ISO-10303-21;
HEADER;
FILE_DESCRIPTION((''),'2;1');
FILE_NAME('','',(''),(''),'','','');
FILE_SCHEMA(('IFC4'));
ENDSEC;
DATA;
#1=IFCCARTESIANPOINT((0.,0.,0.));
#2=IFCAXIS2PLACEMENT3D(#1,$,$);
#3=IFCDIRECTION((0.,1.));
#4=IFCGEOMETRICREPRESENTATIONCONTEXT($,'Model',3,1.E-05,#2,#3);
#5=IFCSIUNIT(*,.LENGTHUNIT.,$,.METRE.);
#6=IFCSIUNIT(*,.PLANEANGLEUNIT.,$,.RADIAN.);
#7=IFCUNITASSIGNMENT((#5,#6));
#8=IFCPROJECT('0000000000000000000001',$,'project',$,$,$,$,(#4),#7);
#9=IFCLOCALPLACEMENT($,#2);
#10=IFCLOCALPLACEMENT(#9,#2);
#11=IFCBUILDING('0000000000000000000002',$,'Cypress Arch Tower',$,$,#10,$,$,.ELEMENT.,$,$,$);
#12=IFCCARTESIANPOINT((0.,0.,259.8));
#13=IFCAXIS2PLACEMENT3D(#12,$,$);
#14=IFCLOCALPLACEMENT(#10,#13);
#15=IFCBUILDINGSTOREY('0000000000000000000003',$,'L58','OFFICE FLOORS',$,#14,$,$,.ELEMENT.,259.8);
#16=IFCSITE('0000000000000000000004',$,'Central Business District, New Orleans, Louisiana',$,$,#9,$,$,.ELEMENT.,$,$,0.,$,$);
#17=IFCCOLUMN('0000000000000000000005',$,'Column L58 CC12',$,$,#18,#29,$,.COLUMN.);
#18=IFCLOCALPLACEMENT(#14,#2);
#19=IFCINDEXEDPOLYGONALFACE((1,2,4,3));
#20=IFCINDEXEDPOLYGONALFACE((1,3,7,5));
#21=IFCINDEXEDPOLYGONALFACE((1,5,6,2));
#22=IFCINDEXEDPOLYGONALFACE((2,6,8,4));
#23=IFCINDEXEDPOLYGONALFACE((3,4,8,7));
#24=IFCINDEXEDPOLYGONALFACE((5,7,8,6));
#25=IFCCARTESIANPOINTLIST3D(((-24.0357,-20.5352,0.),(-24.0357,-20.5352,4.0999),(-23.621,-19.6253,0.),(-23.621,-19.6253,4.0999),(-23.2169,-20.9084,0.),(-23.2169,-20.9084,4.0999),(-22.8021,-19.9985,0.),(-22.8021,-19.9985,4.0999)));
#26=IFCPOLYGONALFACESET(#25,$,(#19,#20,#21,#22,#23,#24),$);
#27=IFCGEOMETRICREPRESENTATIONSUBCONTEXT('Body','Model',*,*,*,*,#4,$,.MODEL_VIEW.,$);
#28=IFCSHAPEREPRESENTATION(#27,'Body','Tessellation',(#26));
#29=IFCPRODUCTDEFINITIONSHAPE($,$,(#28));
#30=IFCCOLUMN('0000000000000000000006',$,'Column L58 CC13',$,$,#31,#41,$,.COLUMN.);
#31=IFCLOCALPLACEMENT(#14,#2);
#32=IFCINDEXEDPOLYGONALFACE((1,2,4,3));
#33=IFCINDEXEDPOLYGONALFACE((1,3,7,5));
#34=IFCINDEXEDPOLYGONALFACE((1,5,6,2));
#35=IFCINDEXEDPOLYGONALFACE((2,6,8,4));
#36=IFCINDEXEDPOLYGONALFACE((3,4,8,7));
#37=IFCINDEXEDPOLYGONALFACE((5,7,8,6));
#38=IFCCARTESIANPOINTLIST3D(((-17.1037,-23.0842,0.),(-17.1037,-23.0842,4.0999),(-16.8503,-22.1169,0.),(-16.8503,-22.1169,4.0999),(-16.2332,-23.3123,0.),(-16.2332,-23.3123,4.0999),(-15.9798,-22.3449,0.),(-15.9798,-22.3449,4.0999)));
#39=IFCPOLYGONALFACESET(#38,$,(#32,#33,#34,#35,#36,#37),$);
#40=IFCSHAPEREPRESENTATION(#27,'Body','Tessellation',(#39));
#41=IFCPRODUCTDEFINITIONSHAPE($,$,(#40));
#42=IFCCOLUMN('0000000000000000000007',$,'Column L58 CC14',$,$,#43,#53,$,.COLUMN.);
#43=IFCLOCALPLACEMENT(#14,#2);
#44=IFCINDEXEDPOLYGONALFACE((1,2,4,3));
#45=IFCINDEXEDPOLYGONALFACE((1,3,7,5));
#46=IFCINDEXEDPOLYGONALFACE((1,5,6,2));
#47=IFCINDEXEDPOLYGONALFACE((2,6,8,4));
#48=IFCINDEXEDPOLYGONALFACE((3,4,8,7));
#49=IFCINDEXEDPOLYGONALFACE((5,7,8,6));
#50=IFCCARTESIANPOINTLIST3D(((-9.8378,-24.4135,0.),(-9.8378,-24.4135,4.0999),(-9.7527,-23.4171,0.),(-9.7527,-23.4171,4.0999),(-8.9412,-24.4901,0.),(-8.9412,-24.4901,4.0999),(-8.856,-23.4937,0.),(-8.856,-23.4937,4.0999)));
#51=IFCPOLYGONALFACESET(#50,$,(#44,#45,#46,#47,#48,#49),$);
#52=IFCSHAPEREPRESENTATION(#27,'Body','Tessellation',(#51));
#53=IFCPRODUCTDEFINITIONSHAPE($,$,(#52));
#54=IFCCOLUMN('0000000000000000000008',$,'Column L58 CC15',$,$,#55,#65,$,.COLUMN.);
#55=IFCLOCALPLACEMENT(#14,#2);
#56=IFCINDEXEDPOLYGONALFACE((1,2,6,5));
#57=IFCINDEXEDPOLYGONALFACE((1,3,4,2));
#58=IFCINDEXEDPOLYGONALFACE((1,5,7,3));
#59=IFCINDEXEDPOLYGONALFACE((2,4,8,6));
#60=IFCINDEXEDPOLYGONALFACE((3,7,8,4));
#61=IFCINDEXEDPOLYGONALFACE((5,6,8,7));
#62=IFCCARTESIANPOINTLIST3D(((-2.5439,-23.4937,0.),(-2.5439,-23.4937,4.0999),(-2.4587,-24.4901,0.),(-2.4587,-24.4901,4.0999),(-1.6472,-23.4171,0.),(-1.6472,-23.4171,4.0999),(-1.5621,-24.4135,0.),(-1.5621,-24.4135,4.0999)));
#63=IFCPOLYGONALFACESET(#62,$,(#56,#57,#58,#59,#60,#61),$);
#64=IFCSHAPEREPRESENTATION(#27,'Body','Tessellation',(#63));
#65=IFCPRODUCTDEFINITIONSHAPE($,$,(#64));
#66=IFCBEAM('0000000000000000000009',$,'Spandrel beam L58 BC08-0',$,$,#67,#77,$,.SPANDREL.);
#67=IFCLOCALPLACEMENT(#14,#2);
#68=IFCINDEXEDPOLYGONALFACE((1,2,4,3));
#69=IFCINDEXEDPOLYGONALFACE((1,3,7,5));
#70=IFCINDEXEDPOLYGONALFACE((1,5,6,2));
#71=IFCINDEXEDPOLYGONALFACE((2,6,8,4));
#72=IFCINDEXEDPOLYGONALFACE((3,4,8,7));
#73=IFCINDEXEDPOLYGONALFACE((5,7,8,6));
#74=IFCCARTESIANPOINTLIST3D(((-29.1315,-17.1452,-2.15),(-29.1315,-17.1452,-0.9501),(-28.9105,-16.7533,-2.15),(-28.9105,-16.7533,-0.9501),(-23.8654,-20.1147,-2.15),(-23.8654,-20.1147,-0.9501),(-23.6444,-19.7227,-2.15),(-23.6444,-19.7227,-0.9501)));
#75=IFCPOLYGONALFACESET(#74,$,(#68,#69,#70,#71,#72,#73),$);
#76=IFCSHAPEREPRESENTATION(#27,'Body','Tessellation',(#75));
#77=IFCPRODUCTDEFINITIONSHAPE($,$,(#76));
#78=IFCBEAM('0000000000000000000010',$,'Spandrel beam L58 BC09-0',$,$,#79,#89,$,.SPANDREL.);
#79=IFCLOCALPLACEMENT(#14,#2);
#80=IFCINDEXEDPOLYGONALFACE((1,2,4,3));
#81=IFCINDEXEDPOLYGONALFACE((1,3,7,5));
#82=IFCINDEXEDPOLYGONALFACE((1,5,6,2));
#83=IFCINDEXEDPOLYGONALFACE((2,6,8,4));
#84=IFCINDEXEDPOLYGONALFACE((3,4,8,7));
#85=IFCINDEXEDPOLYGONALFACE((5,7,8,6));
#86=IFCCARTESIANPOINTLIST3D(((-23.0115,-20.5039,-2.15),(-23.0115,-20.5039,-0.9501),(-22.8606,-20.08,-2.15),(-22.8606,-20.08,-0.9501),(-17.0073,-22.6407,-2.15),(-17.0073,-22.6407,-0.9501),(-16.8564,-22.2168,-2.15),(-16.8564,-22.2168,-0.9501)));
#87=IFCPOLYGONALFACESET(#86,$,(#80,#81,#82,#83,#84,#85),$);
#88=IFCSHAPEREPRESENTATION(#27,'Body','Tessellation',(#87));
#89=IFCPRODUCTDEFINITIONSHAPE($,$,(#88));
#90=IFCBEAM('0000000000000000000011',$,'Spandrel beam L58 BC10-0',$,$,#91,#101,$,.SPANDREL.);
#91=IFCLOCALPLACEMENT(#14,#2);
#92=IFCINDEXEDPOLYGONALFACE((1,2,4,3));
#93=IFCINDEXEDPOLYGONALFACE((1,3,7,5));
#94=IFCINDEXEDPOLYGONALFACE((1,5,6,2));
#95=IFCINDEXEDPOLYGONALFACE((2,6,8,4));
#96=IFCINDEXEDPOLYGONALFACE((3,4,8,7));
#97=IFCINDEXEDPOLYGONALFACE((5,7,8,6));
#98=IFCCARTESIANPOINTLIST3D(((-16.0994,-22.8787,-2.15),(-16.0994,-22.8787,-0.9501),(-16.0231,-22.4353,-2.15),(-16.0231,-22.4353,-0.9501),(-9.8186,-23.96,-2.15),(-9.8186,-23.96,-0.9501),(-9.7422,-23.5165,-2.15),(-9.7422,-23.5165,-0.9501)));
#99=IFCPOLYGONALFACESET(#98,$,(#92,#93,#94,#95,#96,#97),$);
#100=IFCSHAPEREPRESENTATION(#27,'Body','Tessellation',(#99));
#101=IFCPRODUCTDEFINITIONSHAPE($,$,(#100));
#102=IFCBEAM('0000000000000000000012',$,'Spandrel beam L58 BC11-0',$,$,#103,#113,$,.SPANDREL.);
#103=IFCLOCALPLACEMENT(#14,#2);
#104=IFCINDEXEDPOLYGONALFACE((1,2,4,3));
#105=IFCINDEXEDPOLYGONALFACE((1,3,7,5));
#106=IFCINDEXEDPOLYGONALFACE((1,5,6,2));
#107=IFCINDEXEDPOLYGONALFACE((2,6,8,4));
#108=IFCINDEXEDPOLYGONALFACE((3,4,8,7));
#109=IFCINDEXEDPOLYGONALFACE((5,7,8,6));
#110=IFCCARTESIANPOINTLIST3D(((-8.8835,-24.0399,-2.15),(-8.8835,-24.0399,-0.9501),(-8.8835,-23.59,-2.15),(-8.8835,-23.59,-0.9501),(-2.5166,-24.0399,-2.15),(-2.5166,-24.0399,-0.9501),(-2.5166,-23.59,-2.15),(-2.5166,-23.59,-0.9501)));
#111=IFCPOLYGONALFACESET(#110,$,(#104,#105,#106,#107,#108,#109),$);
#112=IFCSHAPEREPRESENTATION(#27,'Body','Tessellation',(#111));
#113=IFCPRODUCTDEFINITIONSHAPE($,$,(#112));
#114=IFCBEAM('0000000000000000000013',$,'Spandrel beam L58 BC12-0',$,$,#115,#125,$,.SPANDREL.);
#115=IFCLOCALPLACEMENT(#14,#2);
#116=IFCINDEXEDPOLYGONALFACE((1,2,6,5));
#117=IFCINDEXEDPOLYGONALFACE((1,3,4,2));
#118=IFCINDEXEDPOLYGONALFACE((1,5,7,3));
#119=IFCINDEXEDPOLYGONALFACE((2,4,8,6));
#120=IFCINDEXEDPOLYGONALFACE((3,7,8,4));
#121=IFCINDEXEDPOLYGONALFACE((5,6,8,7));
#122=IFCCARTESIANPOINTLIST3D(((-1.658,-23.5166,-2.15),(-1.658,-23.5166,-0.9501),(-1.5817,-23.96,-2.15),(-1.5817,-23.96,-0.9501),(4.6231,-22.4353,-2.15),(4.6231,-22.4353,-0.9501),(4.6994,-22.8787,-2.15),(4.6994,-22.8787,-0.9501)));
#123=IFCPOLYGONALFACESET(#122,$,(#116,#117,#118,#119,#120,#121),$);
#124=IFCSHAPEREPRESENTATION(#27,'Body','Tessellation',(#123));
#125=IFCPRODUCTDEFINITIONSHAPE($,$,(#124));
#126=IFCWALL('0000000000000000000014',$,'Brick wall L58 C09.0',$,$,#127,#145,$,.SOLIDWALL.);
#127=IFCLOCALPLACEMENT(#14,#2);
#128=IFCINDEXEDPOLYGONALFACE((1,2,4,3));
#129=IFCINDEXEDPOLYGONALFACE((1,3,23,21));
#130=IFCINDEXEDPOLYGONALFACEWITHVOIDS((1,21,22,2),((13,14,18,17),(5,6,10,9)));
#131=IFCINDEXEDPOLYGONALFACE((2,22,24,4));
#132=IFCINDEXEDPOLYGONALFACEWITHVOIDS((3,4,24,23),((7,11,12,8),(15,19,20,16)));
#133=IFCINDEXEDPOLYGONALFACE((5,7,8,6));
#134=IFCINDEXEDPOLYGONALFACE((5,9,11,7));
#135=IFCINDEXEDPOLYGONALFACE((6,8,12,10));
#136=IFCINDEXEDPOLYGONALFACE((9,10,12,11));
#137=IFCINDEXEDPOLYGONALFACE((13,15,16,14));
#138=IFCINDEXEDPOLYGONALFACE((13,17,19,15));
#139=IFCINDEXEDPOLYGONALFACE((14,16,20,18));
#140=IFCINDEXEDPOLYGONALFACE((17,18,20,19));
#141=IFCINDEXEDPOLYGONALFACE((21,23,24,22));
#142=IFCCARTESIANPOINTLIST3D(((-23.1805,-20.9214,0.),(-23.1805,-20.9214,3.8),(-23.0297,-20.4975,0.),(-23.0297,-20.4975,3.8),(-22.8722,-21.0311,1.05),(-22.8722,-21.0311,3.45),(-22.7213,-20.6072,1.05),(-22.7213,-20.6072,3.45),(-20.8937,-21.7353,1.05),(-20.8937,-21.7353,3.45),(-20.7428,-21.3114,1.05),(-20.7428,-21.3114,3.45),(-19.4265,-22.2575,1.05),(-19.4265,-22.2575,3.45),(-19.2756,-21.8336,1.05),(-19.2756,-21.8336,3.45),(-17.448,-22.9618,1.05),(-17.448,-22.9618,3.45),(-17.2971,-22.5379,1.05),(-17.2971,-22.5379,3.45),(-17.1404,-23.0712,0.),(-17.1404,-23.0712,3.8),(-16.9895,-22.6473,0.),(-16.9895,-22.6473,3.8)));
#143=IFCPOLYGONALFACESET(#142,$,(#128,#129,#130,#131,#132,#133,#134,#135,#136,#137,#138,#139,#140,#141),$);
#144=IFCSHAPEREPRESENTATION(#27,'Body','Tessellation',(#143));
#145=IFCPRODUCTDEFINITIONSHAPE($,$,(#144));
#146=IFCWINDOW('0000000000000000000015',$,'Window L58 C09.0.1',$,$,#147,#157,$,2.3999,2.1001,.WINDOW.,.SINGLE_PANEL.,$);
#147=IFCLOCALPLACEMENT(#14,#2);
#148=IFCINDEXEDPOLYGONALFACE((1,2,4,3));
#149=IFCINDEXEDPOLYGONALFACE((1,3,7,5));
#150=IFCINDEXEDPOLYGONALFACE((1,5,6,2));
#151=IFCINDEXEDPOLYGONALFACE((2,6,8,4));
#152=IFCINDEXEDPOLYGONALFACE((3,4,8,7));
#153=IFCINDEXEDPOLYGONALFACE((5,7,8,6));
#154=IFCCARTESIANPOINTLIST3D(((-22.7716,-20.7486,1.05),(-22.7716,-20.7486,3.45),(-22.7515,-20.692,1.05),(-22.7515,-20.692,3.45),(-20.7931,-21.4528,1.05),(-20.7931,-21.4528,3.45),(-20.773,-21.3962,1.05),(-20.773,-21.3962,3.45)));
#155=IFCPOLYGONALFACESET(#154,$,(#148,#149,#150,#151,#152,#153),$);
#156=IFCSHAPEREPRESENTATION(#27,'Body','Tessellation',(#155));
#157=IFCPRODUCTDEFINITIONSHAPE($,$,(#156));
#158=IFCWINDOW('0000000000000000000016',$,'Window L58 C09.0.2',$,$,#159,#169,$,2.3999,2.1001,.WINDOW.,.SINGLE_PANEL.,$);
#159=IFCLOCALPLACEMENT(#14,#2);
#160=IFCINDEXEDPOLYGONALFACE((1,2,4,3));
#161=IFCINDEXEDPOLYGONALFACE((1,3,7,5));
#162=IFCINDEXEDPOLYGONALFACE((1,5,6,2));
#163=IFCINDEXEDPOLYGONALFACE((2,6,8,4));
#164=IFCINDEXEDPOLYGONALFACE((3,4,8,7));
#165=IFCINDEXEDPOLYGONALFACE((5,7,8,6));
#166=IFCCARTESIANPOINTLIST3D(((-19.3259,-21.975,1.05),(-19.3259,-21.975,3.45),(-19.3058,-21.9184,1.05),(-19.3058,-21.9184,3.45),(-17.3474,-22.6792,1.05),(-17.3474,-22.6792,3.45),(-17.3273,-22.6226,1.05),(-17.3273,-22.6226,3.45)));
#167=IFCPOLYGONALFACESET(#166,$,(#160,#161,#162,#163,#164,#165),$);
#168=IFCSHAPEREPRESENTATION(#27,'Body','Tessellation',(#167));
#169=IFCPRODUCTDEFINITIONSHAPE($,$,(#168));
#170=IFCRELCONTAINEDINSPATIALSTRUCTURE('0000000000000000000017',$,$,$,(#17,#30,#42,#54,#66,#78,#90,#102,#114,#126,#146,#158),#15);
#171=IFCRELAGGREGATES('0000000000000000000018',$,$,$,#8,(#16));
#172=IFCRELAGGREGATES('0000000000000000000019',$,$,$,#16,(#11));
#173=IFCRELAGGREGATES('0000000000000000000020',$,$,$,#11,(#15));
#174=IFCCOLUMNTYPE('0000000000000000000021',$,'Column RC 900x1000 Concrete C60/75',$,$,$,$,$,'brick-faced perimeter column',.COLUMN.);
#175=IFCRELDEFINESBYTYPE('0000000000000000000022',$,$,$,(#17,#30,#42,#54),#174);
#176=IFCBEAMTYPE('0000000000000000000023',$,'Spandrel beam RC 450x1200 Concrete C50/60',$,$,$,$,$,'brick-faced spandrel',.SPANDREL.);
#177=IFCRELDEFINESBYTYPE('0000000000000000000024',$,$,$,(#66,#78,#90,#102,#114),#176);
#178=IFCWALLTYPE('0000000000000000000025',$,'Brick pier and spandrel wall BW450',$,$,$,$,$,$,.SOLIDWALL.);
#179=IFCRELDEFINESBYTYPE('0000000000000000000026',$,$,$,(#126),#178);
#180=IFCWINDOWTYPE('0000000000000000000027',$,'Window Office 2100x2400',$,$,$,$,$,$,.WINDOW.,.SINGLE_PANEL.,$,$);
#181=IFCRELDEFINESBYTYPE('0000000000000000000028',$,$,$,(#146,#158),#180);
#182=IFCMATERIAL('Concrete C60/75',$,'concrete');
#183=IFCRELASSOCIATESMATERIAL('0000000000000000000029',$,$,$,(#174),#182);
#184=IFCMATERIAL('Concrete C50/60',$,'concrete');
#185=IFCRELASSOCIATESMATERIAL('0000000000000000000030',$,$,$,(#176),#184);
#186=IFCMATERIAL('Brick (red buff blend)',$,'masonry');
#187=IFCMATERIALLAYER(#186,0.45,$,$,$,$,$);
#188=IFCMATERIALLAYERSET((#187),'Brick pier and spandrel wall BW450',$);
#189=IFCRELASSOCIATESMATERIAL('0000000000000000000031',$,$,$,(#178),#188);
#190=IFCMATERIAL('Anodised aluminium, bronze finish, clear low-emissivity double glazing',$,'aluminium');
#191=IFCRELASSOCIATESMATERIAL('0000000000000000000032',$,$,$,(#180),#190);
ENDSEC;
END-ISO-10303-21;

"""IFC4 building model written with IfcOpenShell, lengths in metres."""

from ifc_helpers import new_model, si_unit, direction, frame, frame_2d, origin, origin_2d, place, context, subcontext, project, spatial, rectangle, extrude, material, layer, layer_set, material_profile, profile_set, type_object, element, fill, save


model = new_model("IFC4")

# Units and contexts
model_context = context("Model", 3, precision=1e-05, world=origin(), true_north=direction((0.0, 1.0)))
body_context = subcontext(model_context, "Body", "Model", "MODEL_VIEW")
ifc_project = project(units=[si_unit("LENGTHUNIT", "METRE"), si_unit("PLANEANGLEUNIT", "RADIAN")], contexts=[model_context])

# Site, building, storey
site_placement = place(None, origin())
site = spatial("IfcSite", under=ifc_project, at=site_placement, Name="Central Business District, New Orleans, Louisiana", CompositionType="ELEMENT", RefElevation=0.0)
building_placement = place(site_placement, origin())
building = spatial("IfcBuilding", under=site, at=building_placement, Name="Cypress Arch Tower", CompositionType="ELEMENT")
storey_placement = place(building_placement, frame((0.0, 0.0, 259.8)))
storey = spatial("IfcBuildingStorey", under=building, at=storey_placement, Name="L58", Description="OFFICE FLOORS", CompositionType="ELEMENT", Elevation=259.8)

# Columns
ifc_material_1 = material(Name="Concrete C60/75", Category="concrete")
ifc_material_profile_1 = material_profile(ifc_material_1, rectangle(XDim=0.8999, YDim=1.0, at=origin_2d()), Name="RC 900x1000")
ifc_profile_set_1 = profile_set([ifc_material_profile_1], Name="Concrete C60/75")
column_type = type_object("IfcColumnType", Name="Column RC 900x1000 Concrete C60/75", ElementType="brick-faced perimeter column", PredefinedType="COLUMN", material=ifc_profile_set_1)
for number, where, z_axis, x_axis, name in (
    (1, (-23.4189, -20.2668, 0.0), (0.0, 0.0, 1.0), (0.909932, -0.414757, 0.0), "Column L58 CC12"),
    (2, (-16.5417, -22.7146, 0.0), (0.0, 0.0, 1.0), (0.967356, -0.253422, 0.0), "Column L58 CC13"),
    (3, (-9.3469, -23.9536, 0.0), (0.0, 0.0, 1.0), (0.996368, -0.085149, 0.0), "Column L58 CC14"),
    (4, (-2.053, -23.9536, 0.0), (0.0, 0.0, 1.0), (0.996368, 0.085149, 0.0), "Column L58 CC15"),
):
    element("IfcColumn", number, at=place(storey_placement, frame(where, z_axis=z_axis, x_axis=x_axis)), inside=storey, type_object=column_type, Name=name, PredefinedType="COLUMN", context=body_context, shape_type="SweptSolid", body=[
        extrude(rectangle(XDim=0.8999, YDim=1.0, at=origin_2d()), origin(), (0.0, 0.0, 1.0), 4.0999),
    ])

# Beams
ifc_material_2 = material(Name="Concrete C50/60", Category="concrete")
ifc_material_profile_2 = material_profile(ifc_material_2, rectangle(XDim=0.45, YDim=1.2, at=origin_2d()), Name="RC 450x1200")
ifc_profile_set_2 = profile_set([ifc_material_profile_2], Name="Concrete C50/60")
beam_type = type_object("IfcBeamType", Name="Spandrel beam RC 450x1200 Concrete C50/60", ElementType="brick-faced spandrel", PredefinedType="SPANDREL", material=ifc_profile_set_2)
beam_1_placement = place(storey_placement, frame((-29.021, -16.9492, -1.55), z_axis=(0.87106, -0.491177, 0.0), x_axis=(0.491177, 0.87106, 0.0)))
element("IfcBeam", 5, at=beam_1_placement, inside=storey, type_object=beam_type, Name="Spandrel beam L58 BC08-0", PredefinedType="SPANDREL", context=body_context, shape_type="SweptSolid", body=[
    extrude(rectangle(XDim=0.45, YDim=1.2, at=origin_2d()), origin(), (0.0, 0.0, 1.0), 6.0457),
])
beam_2_placement = place(storey_placement, frame((-22.936, -20.292, -1.55), z_axis=(0.94212, -0.335276, 0.0), x_axis=(0.335276, 0.94212, 0.0)))
element("IfcBeam", 6, at=beam_2_placement, inside=storey, type_object=beam_type, Name="Spandrel beam L58 BC09-0", PredefinedType="SPANDREL", context=body_context, shape_type="SweptSolid", body=[
    extrude(rectangle(XDim=0.45, YDim=1.2, at=origin_2d()), origin(), (0.0, 0.0, 1.0), 6.373),
])
beam_3_placement = place(storey_placement, frame((-16.0613, -22.657, -1.55), z_axis=(0.985503, -0.169658, 0.0), x_axis=(0.169658, 0.985503, 0.0)))
element("IfcBeam", 7, at=beam_3_placement, inside=storey, type_object=beam_type, Name="Spandrel beam L58 BC10-0", PredefinedType="SPANDREL", context=body_context, shape_type="SweptSolid", body=[
    extrude(rectangle(XDim=0.45, YDim=1.2, at=origin_2d()), origin(), (0.0, 0.0, 1.0), 6.3733),
])
beam_4_placement = place(storey_placement, frame((-8.8835, -23.8149, -1.55), z_axis=(1.0, 0.0, 0.0), x_axis=(0.0, 1.0, 0.0)))
element("IfcBeam", 8, at=beam_4_placement, inside=storey, type_object=beam_type, Name="Spandrel beam L58 BC11-0", PredefinedType="SPANDREL", context=body_context, shape_type="SweptSolid", body=[
    extrude(rectangle(XDim=0.45, YDim=1.2, at=origin_2d()), origin(), (0.0, 0.0, 1.0), 6.3669),
])
beam_5_placement = place(storey_placement, frame((-1.6199, -23.7383, -1.55), z_axis=(0.985504, 0.169652, 0.0), x_axis=(-0.169652, 0.985504, 0.0)))
element("IfcBeam", 9, at=beam_5_placement, inside=storey, type_object=beam_type, Name="Spandrel beam L58 BC12-0", PredefinedType="SPANDREL", context=body_context, shape_type="SweptSolid", body=[
    extrude(rectangle(XDim=0.45, YDim=1.2, at=origin_2d()), origin(), (0.0, 0.0, 1.0), 6.3735),
])

# Wall, openings, windows
ifc_material_3 = material(Name="Brick (red buff blend)", Category="masonry")
ifc_layer_1 = layer(ifc_material_3, 0.45)
ifc_layer_set_1 = layer_set([ifc_layer_1], Name="Brick pier and spandrel wall BW450")
wall_type_1 = type_object("IfcWallType", Name="Brick pier and spandrel wall BW450", PredefinedType="SOLIDWALL", material=ifc_layer_set_1)
wall_1_placement = place(storey_placement, frame((-23.105, -20.7095, 0.0), z_axis=(0.0, 0.0, 1.0), x_axis=(0.942104, -0.335321, 0.0)))
wall_1 = element("IfcWall", 10, at=wall_1_placement, inside=storey, type_object=wall_type_1, Name="Brick wall L58 C09.0", PredefinedType="SOLIDWALL", context=body_context, shape_type="SweptSolid", body=[
    extrude(rectangle(XDim=6.4114, YDim=0.45, at=frame_2d((3.2056, 0.0))), origin(), (0.0, 0.0, 1.0), 3.8),
])
opening_1_placement = place(wall_1_placement, frame((0.3271, 0.0, 1.05)))
opening_1 = element("IfcOpeningElement", 11, at=opening_1_placement, cuts=wall_1, PredefinedType="OPENING", context=body_context, shape_type="SweptSolid", body=[
    extrude(rectangle(XDim=2.1001, YDim=2.3999, at=frame_2d((1.05, 1.2))), frame((0.0, 0.2349, 0.0), z_axis=(0.0, -1.0, 0.0), x_axis=(1.0, 0.0, 0.0)), (0.0, 0.0, 1.0), 0.47),
])
opening_2_placement = place(wall_1_placement, frame((3.9846, 0.0, 1.05)))
opening_2 = element("IfcOpeningElement", 12, at=opening_2_placement, cuts=wall_1, PredefinedType="OPENING", context=body_context, shape_type="SweptSolid", body=[
    extrude(rectangle(XDim=2.1001, YDim=2.3999, at=frame_2d((1.05, 1.2))), frame((0.0, 0.2349, 0.0), z_axis=(0.0, -1.0, 0.0), x_axis=(1.0, 0.0, 0.0)), (0.0, 0.0, 1.0), 0.47),
])
ifc_material_4 = material(Name="Anodised aluminium, bronze finish, clear low-emissivity double glazing", Category="aluminium")
window_type_1 = type_object("IfcWindowType", Name="Window Office 2100x2400", PartitioningType="SINGLE_PANEL", PredefinedType="WINDOW", material=ifc_material_4)
window_1_placement = place(opening_1_placement, origin())
window_1 = element("IfcWindow", 13, at=window_1_placement, inside=storey, type_object=window_type_1, Name="Window L58 C09.0.1", OverallHeight=2.3999, OverallWidth=2.1001, PartitioningType="SINGLE_PANEL", PredefinedType="WINDOW", context=body_context, shape_type="SweptSolid", body=[
    extrude(rectangle(XDim=2.1001, YDim=2.3999, at=frame_2d((1.05, 1.2))), frame((0.0, 0.135, 0.0), z_axis=(0.0, -1.0, 0.0), x_axis=(1.0, 0.0, 0.0)), (0.0, 0.0, 1.0), 0.0601),
])
fill(opening_1, window_1)
window_2_placement = place(opening_2_placement, origin())
window_2 = element("IfcWindow", 14, at=window_2_placement, inside=storey, type_object=window_type_1, Name="Window L58 C09.0.2", OverallHeight=2.3999, OverallWidth=2.1001, PartitioningType="SINGLE_PANEL", PredefinedType="WINDOW", context=body_context, shape_type="SweptSolid", body=[
    extrude(rectangle(XDim=2.1001, YDim=2.3999, at=frame_2d((1.05, 1.2))), frame((0.0, 0.135, 0.0), z_axis=(0.0, -1.0, 0.0), x_axis=(1.0, 0.0, 0.0)), (0.0, 0.0, 1.0), 0.0601),
])
fill(opening_2, window_2)

save(model, "model.ifc")
